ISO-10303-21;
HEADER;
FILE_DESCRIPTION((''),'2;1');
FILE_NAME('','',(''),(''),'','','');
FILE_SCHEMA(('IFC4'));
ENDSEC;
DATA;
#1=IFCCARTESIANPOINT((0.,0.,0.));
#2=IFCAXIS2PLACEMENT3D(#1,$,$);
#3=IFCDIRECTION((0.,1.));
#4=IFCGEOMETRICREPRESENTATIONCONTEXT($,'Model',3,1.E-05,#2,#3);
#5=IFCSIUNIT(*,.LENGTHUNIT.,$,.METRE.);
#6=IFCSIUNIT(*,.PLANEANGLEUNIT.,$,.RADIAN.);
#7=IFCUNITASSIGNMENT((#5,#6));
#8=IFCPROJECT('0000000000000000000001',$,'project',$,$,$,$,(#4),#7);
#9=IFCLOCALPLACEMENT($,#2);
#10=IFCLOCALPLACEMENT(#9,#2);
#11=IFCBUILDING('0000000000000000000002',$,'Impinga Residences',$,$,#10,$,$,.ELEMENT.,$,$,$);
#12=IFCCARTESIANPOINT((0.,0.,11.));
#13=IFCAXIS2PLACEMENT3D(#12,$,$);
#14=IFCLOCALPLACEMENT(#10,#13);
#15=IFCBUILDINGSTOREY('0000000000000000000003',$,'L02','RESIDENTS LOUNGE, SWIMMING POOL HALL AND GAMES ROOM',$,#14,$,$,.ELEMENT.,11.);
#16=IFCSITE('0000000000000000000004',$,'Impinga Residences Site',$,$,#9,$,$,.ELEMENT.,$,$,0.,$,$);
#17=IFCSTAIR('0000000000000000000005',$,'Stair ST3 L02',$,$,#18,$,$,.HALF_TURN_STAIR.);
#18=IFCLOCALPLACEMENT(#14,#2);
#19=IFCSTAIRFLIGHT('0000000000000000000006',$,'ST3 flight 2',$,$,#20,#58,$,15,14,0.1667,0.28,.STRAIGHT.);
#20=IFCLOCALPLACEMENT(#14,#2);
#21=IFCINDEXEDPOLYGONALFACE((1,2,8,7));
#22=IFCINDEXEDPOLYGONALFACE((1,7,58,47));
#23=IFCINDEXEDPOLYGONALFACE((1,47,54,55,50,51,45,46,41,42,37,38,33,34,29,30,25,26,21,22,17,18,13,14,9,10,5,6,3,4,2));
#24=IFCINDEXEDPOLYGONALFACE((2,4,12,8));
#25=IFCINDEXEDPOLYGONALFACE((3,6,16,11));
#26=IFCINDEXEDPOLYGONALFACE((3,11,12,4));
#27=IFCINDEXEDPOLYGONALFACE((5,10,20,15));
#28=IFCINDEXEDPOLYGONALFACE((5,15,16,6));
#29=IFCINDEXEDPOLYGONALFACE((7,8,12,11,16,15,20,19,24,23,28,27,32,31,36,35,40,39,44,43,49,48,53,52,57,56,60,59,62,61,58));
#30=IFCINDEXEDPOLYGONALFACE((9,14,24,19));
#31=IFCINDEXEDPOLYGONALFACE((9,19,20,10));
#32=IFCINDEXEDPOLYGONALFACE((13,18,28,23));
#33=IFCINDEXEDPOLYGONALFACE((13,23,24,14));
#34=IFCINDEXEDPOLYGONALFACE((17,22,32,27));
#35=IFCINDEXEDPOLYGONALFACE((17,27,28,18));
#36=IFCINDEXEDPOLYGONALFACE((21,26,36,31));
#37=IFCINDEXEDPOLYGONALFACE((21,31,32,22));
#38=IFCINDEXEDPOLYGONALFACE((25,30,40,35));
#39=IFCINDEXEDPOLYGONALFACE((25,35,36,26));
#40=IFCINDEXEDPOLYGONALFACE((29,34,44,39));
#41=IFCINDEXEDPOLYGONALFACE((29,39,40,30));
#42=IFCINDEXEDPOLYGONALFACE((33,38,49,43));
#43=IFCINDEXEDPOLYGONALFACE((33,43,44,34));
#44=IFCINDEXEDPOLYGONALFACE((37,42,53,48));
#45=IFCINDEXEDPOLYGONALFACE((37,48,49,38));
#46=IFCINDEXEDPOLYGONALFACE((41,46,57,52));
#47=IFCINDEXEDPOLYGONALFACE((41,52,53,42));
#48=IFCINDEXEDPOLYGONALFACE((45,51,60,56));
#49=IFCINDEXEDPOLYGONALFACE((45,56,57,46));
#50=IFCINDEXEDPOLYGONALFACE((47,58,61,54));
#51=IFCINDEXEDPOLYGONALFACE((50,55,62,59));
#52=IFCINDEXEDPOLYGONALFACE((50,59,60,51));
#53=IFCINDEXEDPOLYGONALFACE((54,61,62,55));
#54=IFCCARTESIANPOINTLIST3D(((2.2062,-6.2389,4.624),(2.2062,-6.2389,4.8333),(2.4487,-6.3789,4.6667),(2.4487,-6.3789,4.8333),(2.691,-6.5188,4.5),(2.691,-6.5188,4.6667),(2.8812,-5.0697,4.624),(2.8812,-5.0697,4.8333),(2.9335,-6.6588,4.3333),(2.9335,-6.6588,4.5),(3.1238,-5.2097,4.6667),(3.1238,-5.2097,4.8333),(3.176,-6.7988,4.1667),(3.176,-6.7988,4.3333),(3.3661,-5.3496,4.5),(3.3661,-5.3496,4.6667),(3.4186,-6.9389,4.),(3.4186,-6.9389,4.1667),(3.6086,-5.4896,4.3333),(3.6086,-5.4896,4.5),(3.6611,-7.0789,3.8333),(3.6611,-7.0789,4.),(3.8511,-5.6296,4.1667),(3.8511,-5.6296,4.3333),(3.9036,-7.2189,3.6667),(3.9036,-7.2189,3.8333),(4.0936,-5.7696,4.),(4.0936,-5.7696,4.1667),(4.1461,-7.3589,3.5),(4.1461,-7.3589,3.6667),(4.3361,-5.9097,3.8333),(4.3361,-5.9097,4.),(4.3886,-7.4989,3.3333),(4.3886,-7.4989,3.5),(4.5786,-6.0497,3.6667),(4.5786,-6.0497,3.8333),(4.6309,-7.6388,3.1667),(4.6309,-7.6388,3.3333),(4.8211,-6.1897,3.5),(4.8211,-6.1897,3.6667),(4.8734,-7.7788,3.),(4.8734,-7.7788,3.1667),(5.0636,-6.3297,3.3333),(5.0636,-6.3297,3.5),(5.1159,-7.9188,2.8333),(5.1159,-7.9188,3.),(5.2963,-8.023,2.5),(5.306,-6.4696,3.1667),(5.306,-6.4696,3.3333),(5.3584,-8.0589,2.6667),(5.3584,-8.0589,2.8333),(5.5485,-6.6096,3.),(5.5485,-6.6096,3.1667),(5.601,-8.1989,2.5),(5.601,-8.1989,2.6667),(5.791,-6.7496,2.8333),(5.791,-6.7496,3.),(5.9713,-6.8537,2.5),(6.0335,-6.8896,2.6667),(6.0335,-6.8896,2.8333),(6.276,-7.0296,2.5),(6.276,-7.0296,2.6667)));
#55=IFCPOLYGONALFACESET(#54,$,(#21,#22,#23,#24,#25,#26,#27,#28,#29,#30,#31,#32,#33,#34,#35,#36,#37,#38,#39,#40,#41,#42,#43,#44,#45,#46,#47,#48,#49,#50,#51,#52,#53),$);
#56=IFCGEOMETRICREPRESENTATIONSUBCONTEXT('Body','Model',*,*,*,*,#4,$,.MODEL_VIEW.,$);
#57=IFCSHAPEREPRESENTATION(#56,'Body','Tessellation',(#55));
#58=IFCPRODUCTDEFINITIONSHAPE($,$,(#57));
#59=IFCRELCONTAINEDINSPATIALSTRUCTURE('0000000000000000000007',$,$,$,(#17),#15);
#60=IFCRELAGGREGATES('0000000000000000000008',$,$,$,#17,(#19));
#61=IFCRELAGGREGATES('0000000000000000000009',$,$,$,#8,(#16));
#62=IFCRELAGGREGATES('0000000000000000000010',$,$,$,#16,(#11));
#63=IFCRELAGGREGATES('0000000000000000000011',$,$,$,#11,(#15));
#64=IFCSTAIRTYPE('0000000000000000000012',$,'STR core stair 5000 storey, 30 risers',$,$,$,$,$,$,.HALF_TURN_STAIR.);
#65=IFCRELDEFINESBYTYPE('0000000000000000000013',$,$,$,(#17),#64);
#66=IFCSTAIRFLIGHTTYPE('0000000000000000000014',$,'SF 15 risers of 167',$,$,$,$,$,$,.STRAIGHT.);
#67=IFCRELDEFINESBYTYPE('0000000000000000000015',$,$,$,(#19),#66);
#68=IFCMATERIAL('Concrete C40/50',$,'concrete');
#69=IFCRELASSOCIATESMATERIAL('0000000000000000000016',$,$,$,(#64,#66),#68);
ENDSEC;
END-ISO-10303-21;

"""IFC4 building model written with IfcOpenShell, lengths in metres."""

from ifc_helpers import new_model, si_unit, direction, frame, origin, place, context, subcontext, project, spatial, polyline, outline, extrude, material, type_object, element, aggregate, save


model = new_model("IFC4")

# Units and contexts
model_context = context("Model", 3, precision=1e-05, world=origin(), true_north=direction((0.0, 1.0)))
body_context = subcontext(model_context, "Body", "Model", "MODEL_VIEW")
ifc_project = project(units=[si_unit("LENGTHUNIT", "METRE"), si_unit("PLANEANGLEUNIT", "RADIAN")], contexts=[model_context])

# Site, building, storey
site_placement = place(None, origin())
site = spatial("IfcSite", under=ifc_project, at=site_placement, Name="Impinga Residences Site", CompositionType="ELEMENT", RefElevation=0.0)
building_placement = place(site_placement, origin())
building = spatial("IfcBuilding", under=site, at=building_placement, Name="Impinga Residences", CompositionType="ELEMENT")
storey_placement = place(building_placement, frame((0.0, 0.0, 11.0)))
storey = spatial("IfcBuildingStorey", under=building, at=storey_placement, Name="L02", Description="RESIDENTS LOUNGE, SWIMMING POOL HALL AND GAMES ROOM", CompositionType="ELEMENT", Elevation=11.0)

# Stair
ifc_material_1 = material(Name="Concrete C40/50", Category="concrete")
stair_type_1 = type_object("IfcStairType", Name="STR core stair 5000 storey, 30 risers", PredefinedType="HALF_TURN_STAIR", material=ifc_material_1)
stair_1_placement = place(storey_placement, origin())
stair_1 = element("IfcStair", 1, at=stair_1_placement, inside=storey, type_object=stair_type_1, Name="Stair ST3 L02", PredefinedType="HALF_TURN_STAIR")

# Stair flight
stair_flight_type = type_object("IfcStairFlightType", Name="SF 15 risers of 167", PredefinedType="STRAIGHT", material=ifc_material_1)
stair_flight_1_placement = place(storey_placement, frame((5.9385, -7.6143, 2.5), z_axis=(0.0, 0.0, 1.0), x_axis=(-0.866025, 0.5, 0.0)))
stair_flight_1 = element("IfcStairFlight", 2, at=stair_flight_1_placement, type_object=stair_flight_type, Name="ST3 flight 2", NumberOfRisers=15, NumberOfTreads=14, PredefinedType="STRAIGHT", RiserHeight=0.1667, TreadLength=0.28, context=body_context, shape_type="SweptSolid", body=[
    extrude(outline(polyline([(0.0, 0.0), (0.0, 0.1667), (0.28, 0.1667), (0.28, 0.3333), (0.5601, 0.3333), (0.5601, 0.5), (0.8401, 0.5), (0.8401, 0.6667), (1.1201, 0.6667), (1.1201, 0.8333), (1.3999, 0.8333), (1.3999, 1.0), (1.6799, 1.0), (1.6799, 1.1667), (1.96, 1.1667), (1.96, 1.3333), (2.24, 1.3333), (2.24, 1.5), (2.52, 1.5), (2.52, 1.6667), (2.8, 1.6667), (2.8, 1.8333), (3.0801, 1.8333), (3.0801, 2.0), (3.3601, 2.0), (3.3601, 2.1667), (3.6399, 2.1667), (3.6399, 2.3333), (3.9199, 2.3333), (3.9199, 2.5), (3.9199, 2.124), (0.3518, 0.0), (0.0, 0.0)])), frame((0.0, 0.675, 0.0), z_axis=(0.0, -1.0, 0.0), x_axis=(1.0, 0.0, 0.0)), (0.0, 0.0, 1.0), 1.3501),
])
aggregate(stair_1, [stair_flight_1])

save(model, "model.ifc")
